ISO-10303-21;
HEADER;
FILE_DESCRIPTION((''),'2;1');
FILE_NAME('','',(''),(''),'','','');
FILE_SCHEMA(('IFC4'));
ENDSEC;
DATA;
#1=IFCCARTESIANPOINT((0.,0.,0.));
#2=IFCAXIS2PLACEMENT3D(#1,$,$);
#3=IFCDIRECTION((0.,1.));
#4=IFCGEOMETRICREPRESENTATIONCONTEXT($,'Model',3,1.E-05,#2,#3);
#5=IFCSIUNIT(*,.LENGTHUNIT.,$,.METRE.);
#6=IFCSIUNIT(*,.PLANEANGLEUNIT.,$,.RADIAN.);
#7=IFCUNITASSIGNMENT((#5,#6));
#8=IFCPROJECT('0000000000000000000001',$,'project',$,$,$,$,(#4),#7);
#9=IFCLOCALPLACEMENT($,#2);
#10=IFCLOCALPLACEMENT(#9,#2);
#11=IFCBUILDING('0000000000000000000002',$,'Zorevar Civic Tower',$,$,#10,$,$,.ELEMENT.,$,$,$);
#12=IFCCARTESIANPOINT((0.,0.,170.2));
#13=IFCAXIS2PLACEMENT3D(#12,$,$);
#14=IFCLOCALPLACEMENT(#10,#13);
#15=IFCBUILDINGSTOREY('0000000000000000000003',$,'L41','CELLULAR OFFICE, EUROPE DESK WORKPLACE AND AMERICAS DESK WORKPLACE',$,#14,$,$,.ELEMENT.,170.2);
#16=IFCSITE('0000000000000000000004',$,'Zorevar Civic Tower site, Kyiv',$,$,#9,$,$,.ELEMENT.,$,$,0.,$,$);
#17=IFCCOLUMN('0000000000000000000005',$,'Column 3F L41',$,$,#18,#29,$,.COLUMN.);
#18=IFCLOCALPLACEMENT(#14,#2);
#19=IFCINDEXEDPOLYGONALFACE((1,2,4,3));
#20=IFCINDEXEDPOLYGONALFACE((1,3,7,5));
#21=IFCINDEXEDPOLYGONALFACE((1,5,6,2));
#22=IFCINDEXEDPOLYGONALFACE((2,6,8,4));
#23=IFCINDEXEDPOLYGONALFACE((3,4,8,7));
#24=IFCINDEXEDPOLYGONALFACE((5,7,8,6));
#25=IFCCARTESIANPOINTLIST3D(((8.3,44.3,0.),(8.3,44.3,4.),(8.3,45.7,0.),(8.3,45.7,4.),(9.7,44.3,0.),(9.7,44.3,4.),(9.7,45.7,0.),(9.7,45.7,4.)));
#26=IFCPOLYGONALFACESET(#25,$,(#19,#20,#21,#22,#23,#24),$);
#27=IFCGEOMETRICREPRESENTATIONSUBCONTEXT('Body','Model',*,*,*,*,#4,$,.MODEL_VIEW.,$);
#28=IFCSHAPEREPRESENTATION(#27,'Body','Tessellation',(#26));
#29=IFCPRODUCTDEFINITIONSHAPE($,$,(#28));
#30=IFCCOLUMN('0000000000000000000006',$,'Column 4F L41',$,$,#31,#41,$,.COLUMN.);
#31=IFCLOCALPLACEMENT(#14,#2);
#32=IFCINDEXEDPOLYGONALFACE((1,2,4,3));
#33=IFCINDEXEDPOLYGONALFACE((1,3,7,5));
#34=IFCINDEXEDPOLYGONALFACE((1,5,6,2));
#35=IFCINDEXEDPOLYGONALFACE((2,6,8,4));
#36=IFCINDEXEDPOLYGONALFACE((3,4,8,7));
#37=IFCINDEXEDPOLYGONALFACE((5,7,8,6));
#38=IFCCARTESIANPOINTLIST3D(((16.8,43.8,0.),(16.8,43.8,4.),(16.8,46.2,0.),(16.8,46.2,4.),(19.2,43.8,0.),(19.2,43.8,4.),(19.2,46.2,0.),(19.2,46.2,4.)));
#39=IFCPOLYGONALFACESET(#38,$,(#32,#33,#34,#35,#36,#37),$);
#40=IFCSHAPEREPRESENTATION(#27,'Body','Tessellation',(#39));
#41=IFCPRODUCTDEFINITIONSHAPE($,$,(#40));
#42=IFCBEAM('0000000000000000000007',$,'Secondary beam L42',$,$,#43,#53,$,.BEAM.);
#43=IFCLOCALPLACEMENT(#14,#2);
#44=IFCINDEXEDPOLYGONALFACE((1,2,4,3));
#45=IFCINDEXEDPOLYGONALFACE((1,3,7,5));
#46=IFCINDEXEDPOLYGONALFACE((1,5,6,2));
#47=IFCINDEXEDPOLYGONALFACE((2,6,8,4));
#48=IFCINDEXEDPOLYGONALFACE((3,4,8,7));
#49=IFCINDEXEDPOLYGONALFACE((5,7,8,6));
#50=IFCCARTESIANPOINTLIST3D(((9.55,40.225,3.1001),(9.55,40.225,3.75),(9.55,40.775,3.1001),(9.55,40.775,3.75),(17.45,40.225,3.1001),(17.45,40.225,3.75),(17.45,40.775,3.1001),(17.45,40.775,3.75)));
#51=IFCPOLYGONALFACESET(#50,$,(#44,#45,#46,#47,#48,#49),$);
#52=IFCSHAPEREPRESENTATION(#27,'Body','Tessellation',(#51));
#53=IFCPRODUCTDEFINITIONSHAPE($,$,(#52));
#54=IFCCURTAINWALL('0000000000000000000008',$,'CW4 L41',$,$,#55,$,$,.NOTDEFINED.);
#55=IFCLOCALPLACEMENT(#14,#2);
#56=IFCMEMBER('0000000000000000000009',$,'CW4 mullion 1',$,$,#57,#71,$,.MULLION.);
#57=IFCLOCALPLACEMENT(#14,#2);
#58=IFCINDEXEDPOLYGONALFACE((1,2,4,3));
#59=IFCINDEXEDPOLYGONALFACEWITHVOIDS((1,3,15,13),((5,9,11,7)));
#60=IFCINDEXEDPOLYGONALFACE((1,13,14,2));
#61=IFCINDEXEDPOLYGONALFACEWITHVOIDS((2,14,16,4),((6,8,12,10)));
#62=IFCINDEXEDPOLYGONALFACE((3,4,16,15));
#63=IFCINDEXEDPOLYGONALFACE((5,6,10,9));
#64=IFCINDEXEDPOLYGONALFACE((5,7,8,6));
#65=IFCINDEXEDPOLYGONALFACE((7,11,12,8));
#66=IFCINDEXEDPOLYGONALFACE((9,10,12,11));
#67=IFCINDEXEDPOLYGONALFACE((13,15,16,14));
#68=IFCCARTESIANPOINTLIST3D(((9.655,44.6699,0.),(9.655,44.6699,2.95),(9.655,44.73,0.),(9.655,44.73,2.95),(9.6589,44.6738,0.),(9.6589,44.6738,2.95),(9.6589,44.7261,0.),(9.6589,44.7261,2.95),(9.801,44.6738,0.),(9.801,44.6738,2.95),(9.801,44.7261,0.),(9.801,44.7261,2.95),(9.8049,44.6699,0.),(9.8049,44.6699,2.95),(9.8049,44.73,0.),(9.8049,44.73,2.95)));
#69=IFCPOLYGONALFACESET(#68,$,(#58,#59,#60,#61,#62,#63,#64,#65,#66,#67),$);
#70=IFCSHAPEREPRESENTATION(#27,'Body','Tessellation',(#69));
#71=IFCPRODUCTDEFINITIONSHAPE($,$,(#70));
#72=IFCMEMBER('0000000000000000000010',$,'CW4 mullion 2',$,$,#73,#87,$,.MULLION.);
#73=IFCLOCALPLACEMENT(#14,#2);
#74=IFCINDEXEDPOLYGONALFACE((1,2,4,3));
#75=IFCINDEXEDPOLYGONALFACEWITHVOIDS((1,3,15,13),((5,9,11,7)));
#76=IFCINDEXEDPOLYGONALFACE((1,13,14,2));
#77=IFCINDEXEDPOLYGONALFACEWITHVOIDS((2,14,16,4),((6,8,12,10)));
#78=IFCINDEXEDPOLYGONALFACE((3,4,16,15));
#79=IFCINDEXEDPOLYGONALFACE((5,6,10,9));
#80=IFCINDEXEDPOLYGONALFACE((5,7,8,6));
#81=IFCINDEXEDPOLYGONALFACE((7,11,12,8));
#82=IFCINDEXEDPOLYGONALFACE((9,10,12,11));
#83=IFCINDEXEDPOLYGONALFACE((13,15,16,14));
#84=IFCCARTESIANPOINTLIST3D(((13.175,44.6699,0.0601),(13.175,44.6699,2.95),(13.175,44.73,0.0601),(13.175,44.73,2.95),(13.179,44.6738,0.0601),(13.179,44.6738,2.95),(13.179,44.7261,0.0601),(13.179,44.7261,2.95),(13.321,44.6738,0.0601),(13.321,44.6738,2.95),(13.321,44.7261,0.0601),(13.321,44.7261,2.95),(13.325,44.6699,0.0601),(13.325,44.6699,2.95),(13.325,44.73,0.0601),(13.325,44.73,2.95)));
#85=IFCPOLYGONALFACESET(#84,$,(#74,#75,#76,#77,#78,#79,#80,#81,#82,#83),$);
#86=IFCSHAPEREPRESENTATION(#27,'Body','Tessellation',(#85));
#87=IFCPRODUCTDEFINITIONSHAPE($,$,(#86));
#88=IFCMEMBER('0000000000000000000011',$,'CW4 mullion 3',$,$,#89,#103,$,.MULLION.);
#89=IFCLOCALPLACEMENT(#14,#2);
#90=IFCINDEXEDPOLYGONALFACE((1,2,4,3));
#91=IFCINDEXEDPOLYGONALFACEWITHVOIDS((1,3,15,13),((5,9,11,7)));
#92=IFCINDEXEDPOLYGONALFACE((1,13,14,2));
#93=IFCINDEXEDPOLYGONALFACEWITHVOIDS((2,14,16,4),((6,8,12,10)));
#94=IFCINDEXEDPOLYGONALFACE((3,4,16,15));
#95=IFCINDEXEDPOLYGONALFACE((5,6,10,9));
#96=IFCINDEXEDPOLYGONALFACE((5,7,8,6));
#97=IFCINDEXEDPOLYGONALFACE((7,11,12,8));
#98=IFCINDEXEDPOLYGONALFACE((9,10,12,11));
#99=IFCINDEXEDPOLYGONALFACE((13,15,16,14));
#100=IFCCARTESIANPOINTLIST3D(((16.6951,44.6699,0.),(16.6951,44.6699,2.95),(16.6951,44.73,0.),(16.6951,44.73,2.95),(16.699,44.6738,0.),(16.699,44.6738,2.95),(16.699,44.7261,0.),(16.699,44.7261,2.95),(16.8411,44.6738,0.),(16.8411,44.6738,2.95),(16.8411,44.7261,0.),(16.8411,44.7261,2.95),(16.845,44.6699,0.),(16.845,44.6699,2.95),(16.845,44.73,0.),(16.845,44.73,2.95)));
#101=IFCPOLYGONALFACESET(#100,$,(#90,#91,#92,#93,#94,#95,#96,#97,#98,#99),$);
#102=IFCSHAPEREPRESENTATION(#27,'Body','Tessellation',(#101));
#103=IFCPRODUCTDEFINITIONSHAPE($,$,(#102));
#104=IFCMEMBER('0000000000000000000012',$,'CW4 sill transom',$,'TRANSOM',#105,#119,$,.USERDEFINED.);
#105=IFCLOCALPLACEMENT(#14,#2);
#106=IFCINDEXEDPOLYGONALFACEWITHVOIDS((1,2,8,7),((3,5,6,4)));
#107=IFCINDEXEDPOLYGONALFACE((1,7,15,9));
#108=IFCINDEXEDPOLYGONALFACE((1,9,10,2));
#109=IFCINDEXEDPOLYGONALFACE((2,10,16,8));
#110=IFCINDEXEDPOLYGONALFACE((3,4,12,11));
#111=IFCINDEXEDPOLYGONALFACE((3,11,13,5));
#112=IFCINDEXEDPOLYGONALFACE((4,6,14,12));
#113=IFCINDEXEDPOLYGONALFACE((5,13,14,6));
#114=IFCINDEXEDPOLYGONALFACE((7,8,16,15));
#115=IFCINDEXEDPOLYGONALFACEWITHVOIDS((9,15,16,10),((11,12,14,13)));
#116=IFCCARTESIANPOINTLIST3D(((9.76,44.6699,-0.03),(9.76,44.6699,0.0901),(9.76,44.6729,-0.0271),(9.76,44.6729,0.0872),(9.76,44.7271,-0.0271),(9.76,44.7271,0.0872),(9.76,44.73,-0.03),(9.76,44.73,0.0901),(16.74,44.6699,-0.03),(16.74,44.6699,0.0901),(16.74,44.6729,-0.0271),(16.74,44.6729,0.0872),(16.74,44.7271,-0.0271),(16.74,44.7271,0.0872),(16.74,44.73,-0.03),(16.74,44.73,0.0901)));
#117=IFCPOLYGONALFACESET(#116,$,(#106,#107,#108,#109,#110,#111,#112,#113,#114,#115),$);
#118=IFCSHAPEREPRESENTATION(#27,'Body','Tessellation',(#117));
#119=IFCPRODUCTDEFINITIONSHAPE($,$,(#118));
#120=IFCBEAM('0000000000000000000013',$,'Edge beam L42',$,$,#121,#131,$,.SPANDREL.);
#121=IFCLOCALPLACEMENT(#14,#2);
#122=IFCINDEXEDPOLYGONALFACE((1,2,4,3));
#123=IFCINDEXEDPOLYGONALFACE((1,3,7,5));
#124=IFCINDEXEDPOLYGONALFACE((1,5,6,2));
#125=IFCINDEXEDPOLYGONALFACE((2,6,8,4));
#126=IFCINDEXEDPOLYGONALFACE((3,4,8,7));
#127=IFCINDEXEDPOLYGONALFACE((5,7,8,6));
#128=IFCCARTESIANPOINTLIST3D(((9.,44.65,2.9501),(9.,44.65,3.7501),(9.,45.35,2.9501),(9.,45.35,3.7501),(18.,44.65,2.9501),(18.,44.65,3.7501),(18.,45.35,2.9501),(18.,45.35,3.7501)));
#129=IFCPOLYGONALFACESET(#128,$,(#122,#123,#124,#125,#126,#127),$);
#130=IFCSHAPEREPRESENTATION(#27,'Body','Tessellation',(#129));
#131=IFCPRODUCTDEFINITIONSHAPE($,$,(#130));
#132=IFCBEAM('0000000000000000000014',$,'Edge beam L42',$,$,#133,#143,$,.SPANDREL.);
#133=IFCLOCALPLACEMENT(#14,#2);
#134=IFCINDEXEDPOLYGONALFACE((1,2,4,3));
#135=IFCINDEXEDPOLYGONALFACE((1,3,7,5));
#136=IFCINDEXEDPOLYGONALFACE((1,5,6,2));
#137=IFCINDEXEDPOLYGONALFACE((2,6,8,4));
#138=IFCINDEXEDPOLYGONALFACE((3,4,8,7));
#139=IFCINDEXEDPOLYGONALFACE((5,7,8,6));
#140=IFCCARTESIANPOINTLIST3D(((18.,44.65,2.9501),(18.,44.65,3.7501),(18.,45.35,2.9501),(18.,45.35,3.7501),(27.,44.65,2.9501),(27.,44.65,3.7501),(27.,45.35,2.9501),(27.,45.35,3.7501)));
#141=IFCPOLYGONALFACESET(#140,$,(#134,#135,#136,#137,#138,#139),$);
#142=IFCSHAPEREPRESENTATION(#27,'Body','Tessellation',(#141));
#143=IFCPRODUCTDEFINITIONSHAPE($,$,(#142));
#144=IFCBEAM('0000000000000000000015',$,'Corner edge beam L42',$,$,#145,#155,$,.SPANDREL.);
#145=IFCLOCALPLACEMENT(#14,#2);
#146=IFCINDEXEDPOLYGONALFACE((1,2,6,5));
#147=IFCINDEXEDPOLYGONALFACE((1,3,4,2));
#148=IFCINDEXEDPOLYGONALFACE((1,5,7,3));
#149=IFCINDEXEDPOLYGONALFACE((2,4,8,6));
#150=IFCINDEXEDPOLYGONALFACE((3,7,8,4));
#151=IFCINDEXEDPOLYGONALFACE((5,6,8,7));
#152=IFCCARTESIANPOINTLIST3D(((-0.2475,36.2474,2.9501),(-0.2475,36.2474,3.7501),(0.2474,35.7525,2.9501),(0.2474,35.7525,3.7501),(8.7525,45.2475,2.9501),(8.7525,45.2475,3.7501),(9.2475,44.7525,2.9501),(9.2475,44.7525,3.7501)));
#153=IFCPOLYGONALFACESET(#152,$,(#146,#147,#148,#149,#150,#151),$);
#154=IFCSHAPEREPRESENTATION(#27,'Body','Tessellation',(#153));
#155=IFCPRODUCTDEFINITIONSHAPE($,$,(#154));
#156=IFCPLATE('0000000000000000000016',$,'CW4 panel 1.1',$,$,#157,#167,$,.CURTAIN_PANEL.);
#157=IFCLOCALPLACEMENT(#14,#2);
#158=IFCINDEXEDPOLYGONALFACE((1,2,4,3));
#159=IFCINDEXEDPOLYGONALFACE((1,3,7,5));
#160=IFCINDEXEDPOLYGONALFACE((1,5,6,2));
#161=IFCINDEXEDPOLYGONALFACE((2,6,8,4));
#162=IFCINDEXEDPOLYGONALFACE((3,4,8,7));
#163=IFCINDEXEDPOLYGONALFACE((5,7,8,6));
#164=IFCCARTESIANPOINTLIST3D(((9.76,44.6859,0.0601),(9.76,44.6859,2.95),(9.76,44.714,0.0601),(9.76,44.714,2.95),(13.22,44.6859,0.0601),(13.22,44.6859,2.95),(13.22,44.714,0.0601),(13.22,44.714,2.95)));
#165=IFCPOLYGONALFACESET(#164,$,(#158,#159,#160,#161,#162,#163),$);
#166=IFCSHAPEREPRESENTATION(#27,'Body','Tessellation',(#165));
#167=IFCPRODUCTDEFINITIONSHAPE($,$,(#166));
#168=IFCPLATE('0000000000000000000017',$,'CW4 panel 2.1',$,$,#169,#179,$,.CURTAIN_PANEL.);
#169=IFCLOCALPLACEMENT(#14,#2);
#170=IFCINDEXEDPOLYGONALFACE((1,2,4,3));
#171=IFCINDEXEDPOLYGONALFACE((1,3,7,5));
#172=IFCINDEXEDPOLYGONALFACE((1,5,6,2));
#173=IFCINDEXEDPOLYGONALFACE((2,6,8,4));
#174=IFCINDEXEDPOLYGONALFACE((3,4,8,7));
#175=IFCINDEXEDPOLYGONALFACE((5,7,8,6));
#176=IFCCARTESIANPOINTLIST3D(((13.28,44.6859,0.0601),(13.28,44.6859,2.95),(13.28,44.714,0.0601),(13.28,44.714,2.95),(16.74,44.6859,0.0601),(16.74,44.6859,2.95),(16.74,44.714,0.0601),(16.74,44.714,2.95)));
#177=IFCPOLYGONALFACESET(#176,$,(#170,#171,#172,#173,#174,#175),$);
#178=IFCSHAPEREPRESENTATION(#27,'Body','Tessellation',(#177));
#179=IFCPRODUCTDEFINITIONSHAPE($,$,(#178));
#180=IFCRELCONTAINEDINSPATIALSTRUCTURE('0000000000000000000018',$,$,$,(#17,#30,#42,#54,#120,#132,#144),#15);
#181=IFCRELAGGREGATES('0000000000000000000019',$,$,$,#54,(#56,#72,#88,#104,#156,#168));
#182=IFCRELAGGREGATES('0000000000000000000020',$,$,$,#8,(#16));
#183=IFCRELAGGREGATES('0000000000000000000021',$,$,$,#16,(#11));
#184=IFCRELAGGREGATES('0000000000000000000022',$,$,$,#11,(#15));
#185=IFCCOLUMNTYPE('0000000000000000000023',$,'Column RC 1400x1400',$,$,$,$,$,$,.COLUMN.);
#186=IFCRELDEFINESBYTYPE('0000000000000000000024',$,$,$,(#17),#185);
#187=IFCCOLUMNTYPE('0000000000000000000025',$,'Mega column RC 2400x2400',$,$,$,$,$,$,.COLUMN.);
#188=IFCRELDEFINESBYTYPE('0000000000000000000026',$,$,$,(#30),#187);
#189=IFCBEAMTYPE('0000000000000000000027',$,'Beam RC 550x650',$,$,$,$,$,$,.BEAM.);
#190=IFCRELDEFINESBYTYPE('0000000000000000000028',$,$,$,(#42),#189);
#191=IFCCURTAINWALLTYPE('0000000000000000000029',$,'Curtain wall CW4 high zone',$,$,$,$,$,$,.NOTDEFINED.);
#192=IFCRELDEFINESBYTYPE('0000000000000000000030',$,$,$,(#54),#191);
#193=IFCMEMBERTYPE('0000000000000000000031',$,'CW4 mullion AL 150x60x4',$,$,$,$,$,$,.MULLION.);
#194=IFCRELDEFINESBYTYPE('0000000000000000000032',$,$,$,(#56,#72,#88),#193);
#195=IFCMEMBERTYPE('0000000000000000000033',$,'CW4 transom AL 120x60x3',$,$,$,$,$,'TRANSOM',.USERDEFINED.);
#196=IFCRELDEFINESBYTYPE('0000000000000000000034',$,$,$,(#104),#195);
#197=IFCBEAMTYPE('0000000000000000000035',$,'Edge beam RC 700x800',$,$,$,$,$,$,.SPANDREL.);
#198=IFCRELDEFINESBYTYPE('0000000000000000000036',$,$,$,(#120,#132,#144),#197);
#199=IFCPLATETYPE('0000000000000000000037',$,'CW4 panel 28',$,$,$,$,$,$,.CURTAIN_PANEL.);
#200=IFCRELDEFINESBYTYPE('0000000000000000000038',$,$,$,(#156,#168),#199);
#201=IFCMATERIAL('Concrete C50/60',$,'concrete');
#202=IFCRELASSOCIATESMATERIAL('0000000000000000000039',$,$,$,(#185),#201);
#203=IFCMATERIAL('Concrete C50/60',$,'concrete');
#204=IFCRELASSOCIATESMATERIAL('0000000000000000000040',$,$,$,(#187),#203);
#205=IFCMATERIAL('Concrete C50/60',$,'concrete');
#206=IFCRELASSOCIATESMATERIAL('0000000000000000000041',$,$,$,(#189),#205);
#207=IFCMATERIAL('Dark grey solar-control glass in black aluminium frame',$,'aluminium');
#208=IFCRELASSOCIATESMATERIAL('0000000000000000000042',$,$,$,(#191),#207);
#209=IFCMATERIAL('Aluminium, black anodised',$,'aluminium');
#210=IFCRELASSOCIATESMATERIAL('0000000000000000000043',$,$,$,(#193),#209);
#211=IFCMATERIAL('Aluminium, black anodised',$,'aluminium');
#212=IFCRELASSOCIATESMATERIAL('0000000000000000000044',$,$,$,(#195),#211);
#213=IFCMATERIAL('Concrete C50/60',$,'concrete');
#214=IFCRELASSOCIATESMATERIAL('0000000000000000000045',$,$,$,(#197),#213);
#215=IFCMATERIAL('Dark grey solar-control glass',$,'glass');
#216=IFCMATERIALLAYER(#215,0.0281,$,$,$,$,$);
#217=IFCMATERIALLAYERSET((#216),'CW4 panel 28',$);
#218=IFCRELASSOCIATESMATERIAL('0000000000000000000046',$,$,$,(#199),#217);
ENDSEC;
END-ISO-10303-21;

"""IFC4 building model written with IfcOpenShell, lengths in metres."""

from ifc_helpers import new_model, si_unit, direction, frame, origin, origin_2d, place, context, subcontext, project, spatial, rectangle, hollow_rectangle, extrude, material, layer, layer_set, material_profile, profile_set, type_object, element, aggregate, save


model = new_model("IFC4")

# Units and contexts
model_context = context("Model", 3, precision=1e-05, world=origin(), true_north=direction((0.0, 1.0)))
body_context = subcontext(model_context, "Body", "Model", "MODEL_VIEW")
ifc_project = project(units=[si_unit("LENGTHUNIT", "METRE"), si_unit("PLANEANGLEUNIT", "RADIAN")], contexts=[model_context])

# Site, building, storey
site_placement = place(None, origin())
site = spatial("IfcSite", under=ifc_project, at=site_placement, Name="Zorevar Civic Tower site, Kyiv", CompositionType="ELEMENT", RefElevation=0.0)
building_placement = place(site_placement, origin())
building = spatial("IfcBuilding", under=site, at=building_placement, Name="Zorevar Civic Tower", CompositionType="ELEMENT")
storey_placement = place(building_placement, frame((0.0, 0.0, 170.2)))
storey = spatial("IfcBuildingStorey", under=building, at=storey_placement, Name="L41", Description="CELLULAR OFFICE, EUROPE DESK WORKPLACE AND AMERICAS DESK WORKPLACE", CompositionType="ELEMENT", Elevation=170.2)

# Columns
ifc_material_1 = material(Name="Concrete C50/60", Category="concrete")
ifc_material_profile_1 = material_profile(ifc_material_1, rectangle(XDim=1.3999, YDim=1.3999, at=origin_2d()), Name="RC 1400x1400")
ifc_profile_set_1 = profile_set([ifc_material_profile_1], Name="Concrete C50/60")
column_type_1 = type_object("IfcColumnType", Name="Column RC 1400x1400", PredefinedType="COLUMN", material=ifc_profile_set_1)
column_1_placement = place(storey_placement, frame((9.0, 45.0, 0.0), z_axis=(0.0, 0.0, 1.0), x_axis=(1.0, 0.0, 0.0)))
element("IfcColumn", 1, at=column_1_placement, inside=storey, type_object=column_type_1, Name="Column 3F L41", PredefinedType="COLUMN", context=body_context, shape_type="SweptSolid", body=[
    extrude(rectangle(XDim=1.3999, YDim=1.3999, at=origin_2d()), origin(), (0.0, 0.0, 1.0), 4.0),
])
ifc_material_2 = material(Name="Concrete C50/60", Category="concrete")
ifc_material_profile_2 = material_profile(ifc_material_2, rectangle(XDim=2.3999, YDim=2.3999, at=origin_2d()), Name="RC 2400x2400")
ifc_profile_set_2 = profile_set([ifc_material_profile_2], Name="Concrete C50/60")
column_type_2 = type_object("IfcColumnType", Name="Mega column RC 2400x2400", PredefinedType="COLUMN", material=ifc_profile_set_2)
column_2_placement = place(storey_placement, frame((18.0, 45.0, 0.0), z_axis=(0.0, 0.0, 1.0), x_axis=(1.0, 0.0, 0.0)))
element("IfcColumn", 2, at=column_2_placement, inside=storey, type_object=column_type_2, Name="Column 4F L41", PredefinedType="COLUMN", context=body_context, shape_type="SweptSolid", body=[
    extrude(rectangle(XDim=2.3999, YDim=2.3999, at=origin_2d()), origin(), (0.0, 0.0, 1.0), 4.0),
])

# Beam
ifc_material_3 = material(Name="Concrete C50/60", Category="concrete")
ifc_material_profile_3 = material_profile(ifc_material_3, rectangle(XDim=0.55, YDim=0.6499, at=origin_2d()), Name="RC 550x650")
ifc_profile_set_3 = profile_set([ifc_material_profile_3], Name="Concrete C50/60")
beam_type_1 = type_object("IfcBeamType", Name="Beam RC 550x650", PredefinedType="BEAM", material=ifc_profile_set_3)
beam_1_placement = place(storey_placement, frame((9.55, 40.5, 3.425), z_axis=(1.0, 0.0, 0.0), x_axis=(0.0, 1.0, 0.0)))
element("IfcBeam", 3, at=beam_1_placement, inside=storey, type_object=beam_type_1, Name="Secondary beam L42", PredefinedType="BEAM", context=body_context, shape_type="SweptSolid", body=[
    extrude(rectangle(XDim=0.55, YDim=0.6499, at=origin_2d()), origin(), (0.0, 0.0, 1.0), 7.8999),
])

# Curtain wall, members
ifc_material_4 = material(Name="Dark grey solar-control glass in black aluminium frame", Category="aluminium")
curtain_wall_type = type_object("IfcCurtainWallType", Name="Curtain wall CW4 high zone", PredefinedType="NOTDEFINED", material=ifc_material_4)
curtain_wall_placement = place(storey_placement, origin())
curtain_wall = element("IfcCurtainWall", 4, at=curtain_wall_placement, inside=storey, type_object=curtain_wall_type, Name="CW4 L41", PredefinedType="NOTDEFINED")
ifc_material_5 = material(Name="Aluminium, black anodised", Category="aluminium")
ifc_material_profile_4 = material_profile(ifc_material_5, hollow_rectangle(XDim=0.0601, YDim=0.1499, WallThickness=0.0039, at=origin_2d()), Name="AL 150x60x4")
ifc_profile_set_4 = profile_set([ifc_material_profile_4], Name="Aluminium, black anodised")
member_type_1 = type_object("IfcMemberType", Name="CW4 mullion AL 150x60x4", PredefinedType="MULLION", material=ifc_profile_set_4)
member_1_placement = place(storey_placement, frame((9.73, 44.7, 0.0), z_axis=(0.0, 0.0, 1.0), x_axis=(0.0, 1.0, 0.0)))
member_1 = element("IfcMember", 5, at=member_1_placement, type_object=member_type_1, Name="CW4 mullion 1", PredefinedType="MULLION", context=body_context, shape_type="SweptSolid", body=[
    extrude(hollow_rectangle(XDim=0.0601, YDim=0.1499, WallThickness=0.0039, at=origin_2d()), origin(), (0.0, 0.0, 1.0), 2.95),
])
member_2_placement = place(storey_placement, frame((13.25, 44.7, 0.0601), z_axis=(0.0, 0.0, 1.0), x_axis=(0.0, 1.0, 0.0)))
member_2 = element("IfcMember", 6, at=member_2_placement, type_object=member_type_1, Name="CW4 mullion 2", PredefinedType="MULLION", context=body_context, shape_type="SweptSolid", body=[
    extrude(hollow_rectangle(XDim=0.0601, YDim=0.1499, WallThickness=0.0039, at=origin_2d()), origin(), (0.0, 0.0, 1.0), 2.8899),
])
member_3_placement = place(storey_placement, frame((16.77, 44.7, 0.0), z_axis=(0.0, 0.0, 1.0), x_axis=(0.0, 1.0, 0.0)))
member_3 = element("IfcMember", 7, at=member_3_placement, type_object=member_type_1, Name="CW4 mullion 3", PredefinedType="MULLION", context=body_context, shape_type="SweptSolid", body=[
    extrude(hollow_rectangle(XDim=0.0601, YDim=0.1499, WallThickness=0.0039, at=origin_2d()), origin(), (0.0, 0.0, 1.0), 2.95),
])
ifc_material_6 = material(Name="Aluminium, black anodised", Category="aluminium")
ifc_material_profile_5 = material_profile(ifc_material_6, hollow_rectangle(XDim=0.0601, YDim=0.1201, WallThickness=0.0029, at=origin_2d()), Name="AL 120x60x3")
ifc_profile_set_5 = profile_set([ifc_material_profile_5], Name="Aluminium, black anodised")
member_type_2 = type_object("IfcMemberType", Name="CW4 transom AL 120x60x3", ElementType="TRANSOM", PredefinedType="USERDEFINED", material=ifc_profile_set_5)
member_4_placement = place(storey_placement, frame((9.76, 44.7, 0.03), z_axis=(1.0, 0.0, 0.0), x_axis=(0.0, 1.0, 0.0)))
member_4 = element("IfcMember", 8, at=member_4_placement, type_object=member_type_2, Name="CW4 sill transom", ObjectType="TRANSOM", PredefinedType="USERDEFINED", context=body_context, shape_type="SweptSolid", body=[
    extrude(hollow_rectangle(XDim=0.0601, YDim=0.1201, WallThickness=0.0029, at=origin_2d()), origin(), (0.0, 0.0, 1.0), 6.98),
])

# Beams
ifc_material_7 = material(Name="Concrete C50/60", Category="concrete")
ifc_material_profile_6 = material_profile(ifc_material_7, rectangle(XDim=0.7, YDim=0.8, at=origin_2d()), Name="RC 700x800")
ifc_profile_set_6 = profile_set([ifc_material_profile_6], Name="Concrete C50/60")
beam_type_2 = type_object("IfcBeamType", Name="Edge beam RC 700x800", PredefinedType="SPANDREL", material=ifc_profile_set_6)
for number, where, z_axis, x_axis, name in (
    (9, (9.0, 45.0, 3.3501), (1.0, 0.0, 0.0), (0.0, 1.0, 0.0), "Edge beam L42"),
    (10, (18.0, 45.0, 3.3501), (1.0, 0.0, 0.0), (0.0, 1.0, 0.0), "Edge beam L42"),
):
    element("IfcBeam", number, at=place(storey_placement, frame(where, z_axis=z_axis, x_axis=x_axis)), inside=storey, type_object=beam_type_2, Name=name, PredefinedType="SPANDREL", context=body_context, shape_type="SweptSolid", body=[
        extrude(rectangle(XDim=0.7, YDim=0.8, at=origin_2d()), origin(), (0.0, 0.0, 1.0), 9.0),
    ])
beam_2_placement = place(storey_placement, frame((9.0, 45.0, 3.3501), z_axis=(-0.707107, -0.707107, 0.0), x_axis=(0.707107, -0.707107, 0.0)))
element("IfcBeam", 11, at=beam_2_placement, inside=storey, type_object=beam_type_2, Name="Corner edge beam L42", PredefinedType="SPANDREL", context=body_context, shape_type="SweptSolid", body=[
    extrude(rectangle(XDim=0.7, YDim=0.8, at=origin_2d()), origin(), (0.0, 0.0, 1.0), 12.728),
])

# Plates
ifc_material_8 = material(Name="Dark grey solar-control glass", Category="glass")
ifc_layer_1 = layer(ifc_material_8, 0.0281)
ifc_layer_set_1 = layer_set([ifc_layer_1], Name="CW4 panel 28")
plate_type = type_object("IfcPlateType", Name="CW4 panel 28", PredefinedType="CURTAIN_PANEL", material=ifc_layer_set_1)
plate_1_placement = place(storey_placement, frame((11.49, 44.7, 0.0601), z_axis=(0.0, 0.0, 1.0), x_axis=(1.0, 0.0, 0.0)))
plate_1 = element("IfcPlate", 12, at=plate_1_placement, type_object=plate_type, Name="CW4 panel 1.1", PredefinedType="CURTAIN_PANEL", context=body_context, shape_type="SweptSolid", body=[
    extrude(rectangle(XDim=3.46, YDim=0.0281, at=origin_2d()), origin(), (0.0, 0.0, 1.0), 2.8899),
])
plate_2_placement = place(storey_placement, frame((15.01, 44.7, 0.0601), z_axis=(0.0, 0.0, 1.0), x_axis=(1.0, 0.0, 0.0)))
plate_2 = element("IfcPlate", 13, at=plate_2_placement, type_object=plate_type, Name="CW4 panel 2.1", PredefinedType="CURTAIN_PANEL", context=body_context, shape_type="SweptSolid", body=[
    extrude(rectangle(XDim=3.46, YDim=0.0281, at=origin_2d()), origin(), (0.0, 0.0, 1.0), 2.8899),
])
aggregate(curtain_wall, [member_1, member_2, member_3, member_4, plate_1, plate_2])

save(model, "model.ifc")
